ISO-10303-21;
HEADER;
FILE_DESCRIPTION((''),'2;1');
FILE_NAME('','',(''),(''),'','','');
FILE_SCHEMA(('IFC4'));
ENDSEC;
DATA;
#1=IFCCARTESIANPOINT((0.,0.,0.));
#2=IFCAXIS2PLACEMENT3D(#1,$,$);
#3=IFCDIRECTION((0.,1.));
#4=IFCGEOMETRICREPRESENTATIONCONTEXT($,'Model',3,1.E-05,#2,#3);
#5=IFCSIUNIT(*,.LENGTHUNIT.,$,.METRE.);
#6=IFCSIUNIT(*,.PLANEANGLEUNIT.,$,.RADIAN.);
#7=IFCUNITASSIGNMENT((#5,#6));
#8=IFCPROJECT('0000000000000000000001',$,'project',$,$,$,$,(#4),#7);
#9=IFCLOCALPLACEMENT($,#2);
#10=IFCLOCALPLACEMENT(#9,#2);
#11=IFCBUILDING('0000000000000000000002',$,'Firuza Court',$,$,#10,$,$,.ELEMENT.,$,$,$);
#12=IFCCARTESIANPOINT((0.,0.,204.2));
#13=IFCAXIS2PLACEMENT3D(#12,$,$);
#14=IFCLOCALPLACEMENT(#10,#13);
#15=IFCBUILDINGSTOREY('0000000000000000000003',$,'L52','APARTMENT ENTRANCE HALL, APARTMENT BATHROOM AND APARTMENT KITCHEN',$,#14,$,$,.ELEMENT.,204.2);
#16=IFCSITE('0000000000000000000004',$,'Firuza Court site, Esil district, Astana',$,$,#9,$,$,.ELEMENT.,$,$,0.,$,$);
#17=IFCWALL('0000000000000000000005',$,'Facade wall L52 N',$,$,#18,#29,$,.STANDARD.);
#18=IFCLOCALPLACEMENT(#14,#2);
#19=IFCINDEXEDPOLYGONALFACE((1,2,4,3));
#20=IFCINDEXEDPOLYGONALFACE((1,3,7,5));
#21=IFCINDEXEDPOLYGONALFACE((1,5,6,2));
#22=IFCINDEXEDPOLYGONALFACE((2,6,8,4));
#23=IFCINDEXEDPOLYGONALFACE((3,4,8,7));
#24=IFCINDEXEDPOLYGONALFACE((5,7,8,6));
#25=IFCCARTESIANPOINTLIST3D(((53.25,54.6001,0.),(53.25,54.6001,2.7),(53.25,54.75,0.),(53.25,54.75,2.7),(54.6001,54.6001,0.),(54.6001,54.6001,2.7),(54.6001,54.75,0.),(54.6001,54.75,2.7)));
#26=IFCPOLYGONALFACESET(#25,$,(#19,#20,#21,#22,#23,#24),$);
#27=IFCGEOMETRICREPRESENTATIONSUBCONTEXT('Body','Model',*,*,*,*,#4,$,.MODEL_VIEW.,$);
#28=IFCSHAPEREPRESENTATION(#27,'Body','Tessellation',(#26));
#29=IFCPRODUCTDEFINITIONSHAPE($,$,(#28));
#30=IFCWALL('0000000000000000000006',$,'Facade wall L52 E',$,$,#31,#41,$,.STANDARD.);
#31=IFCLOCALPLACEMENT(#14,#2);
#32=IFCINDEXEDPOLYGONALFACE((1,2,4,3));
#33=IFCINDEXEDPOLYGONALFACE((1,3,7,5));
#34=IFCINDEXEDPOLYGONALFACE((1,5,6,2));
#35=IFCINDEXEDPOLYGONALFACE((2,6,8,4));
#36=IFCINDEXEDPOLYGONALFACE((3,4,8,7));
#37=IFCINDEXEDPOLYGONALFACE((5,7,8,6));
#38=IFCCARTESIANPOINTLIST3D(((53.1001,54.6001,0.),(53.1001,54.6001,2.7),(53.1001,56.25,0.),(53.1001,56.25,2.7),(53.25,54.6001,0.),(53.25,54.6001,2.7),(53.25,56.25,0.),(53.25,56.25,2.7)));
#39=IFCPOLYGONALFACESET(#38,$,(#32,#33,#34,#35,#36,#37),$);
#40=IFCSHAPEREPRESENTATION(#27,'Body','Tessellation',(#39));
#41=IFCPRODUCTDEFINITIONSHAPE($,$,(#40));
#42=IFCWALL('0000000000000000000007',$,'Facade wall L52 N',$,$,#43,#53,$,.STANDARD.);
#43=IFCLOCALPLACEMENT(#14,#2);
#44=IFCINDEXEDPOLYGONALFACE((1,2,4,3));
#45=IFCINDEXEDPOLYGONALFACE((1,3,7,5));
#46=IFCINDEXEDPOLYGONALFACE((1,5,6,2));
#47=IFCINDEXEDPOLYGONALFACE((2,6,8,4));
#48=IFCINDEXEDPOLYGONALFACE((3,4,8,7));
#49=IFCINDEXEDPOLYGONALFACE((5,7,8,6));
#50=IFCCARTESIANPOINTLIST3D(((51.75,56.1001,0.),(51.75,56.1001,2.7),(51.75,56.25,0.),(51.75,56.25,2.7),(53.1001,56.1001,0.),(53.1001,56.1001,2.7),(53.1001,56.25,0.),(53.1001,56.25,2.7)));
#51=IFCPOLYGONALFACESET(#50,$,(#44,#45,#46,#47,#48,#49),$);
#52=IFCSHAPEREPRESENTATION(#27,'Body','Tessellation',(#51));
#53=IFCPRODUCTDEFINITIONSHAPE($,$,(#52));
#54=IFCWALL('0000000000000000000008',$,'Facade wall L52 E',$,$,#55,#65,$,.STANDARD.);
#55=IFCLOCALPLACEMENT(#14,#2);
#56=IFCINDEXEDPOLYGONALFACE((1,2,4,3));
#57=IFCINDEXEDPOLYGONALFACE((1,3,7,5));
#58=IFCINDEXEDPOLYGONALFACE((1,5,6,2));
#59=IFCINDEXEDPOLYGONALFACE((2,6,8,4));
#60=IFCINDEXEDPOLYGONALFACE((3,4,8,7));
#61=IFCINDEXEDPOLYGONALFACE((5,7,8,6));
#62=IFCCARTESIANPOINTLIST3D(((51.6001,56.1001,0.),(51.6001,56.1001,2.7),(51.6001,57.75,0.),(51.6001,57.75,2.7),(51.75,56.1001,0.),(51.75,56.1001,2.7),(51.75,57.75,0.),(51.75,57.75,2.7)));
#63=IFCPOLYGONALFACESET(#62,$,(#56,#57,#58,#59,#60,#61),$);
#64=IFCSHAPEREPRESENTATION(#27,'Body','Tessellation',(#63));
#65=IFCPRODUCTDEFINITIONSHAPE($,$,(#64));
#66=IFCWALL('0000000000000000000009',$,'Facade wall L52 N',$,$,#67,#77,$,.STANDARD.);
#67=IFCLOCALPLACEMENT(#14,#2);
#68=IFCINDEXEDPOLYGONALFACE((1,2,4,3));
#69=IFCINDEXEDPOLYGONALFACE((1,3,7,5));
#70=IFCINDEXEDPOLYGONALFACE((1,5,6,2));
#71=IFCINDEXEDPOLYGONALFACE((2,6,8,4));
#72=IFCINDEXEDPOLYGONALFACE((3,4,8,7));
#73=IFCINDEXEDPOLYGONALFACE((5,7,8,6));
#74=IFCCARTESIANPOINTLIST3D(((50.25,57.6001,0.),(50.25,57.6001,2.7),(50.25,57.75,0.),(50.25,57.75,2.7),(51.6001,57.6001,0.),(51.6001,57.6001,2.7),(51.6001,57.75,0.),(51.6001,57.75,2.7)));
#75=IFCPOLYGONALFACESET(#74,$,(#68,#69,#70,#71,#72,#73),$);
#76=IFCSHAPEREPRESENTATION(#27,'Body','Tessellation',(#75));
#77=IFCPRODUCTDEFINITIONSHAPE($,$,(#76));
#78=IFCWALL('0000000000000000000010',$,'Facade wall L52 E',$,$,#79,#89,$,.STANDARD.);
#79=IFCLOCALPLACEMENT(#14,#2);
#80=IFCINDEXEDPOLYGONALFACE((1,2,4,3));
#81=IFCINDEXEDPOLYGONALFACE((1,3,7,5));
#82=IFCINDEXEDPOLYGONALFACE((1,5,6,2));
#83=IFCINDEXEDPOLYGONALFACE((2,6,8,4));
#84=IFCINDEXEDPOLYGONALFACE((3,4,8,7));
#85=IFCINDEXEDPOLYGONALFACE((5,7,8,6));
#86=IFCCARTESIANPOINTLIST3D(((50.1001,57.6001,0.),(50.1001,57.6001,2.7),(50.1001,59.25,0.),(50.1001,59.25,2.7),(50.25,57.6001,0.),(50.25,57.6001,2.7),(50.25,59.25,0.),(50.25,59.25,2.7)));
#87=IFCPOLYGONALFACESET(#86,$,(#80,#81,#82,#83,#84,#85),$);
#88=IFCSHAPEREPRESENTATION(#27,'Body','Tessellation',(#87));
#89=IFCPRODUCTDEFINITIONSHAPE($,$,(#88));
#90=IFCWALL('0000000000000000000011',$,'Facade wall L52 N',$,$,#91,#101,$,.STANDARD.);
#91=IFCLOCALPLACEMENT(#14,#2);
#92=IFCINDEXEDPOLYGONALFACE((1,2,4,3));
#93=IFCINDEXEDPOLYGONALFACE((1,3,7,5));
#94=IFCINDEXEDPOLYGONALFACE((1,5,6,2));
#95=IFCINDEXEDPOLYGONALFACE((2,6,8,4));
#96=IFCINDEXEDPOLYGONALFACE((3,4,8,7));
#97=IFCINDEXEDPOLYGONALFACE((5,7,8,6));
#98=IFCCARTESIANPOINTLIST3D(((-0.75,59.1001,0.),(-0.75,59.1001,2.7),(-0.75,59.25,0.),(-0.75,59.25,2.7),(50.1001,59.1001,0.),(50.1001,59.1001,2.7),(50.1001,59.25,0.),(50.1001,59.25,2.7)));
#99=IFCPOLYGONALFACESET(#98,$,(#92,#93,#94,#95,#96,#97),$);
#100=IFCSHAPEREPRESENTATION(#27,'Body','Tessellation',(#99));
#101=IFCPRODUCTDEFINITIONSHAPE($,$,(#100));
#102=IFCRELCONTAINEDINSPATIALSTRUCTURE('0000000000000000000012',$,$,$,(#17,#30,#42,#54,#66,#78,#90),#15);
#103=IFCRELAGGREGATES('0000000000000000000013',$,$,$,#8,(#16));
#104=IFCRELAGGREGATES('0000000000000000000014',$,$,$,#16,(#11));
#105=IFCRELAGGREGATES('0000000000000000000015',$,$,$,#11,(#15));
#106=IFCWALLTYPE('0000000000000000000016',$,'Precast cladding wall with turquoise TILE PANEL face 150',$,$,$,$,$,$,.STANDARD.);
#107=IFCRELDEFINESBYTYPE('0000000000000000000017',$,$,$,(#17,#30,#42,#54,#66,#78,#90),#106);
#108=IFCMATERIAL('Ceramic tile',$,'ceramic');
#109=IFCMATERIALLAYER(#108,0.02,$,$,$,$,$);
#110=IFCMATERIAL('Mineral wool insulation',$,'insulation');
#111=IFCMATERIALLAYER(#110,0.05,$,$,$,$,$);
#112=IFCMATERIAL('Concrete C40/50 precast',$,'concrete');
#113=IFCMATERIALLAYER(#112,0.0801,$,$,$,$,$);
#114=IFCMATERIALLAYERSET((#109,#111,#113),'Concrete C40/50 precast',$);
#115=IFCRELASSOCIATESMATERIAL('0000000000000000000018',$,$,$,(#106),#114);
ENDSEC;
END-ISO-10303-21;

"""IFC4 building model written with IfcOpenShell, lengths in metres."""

from ifc_helpers import new_model, si_unit, direction, frame, frame_2d, origin, place, context, subcontext, project, spatial, rectangle, extrude, material, layer, layer_set, type_object, element, save


model = new_model("IFC4")

# Units and contexts
model_context = context("Model", 3, precision=1e-05, world=origin(), true_north=direction((0.0, 1.0)))
body_context = subcontext(model_context, "Body", "Model", "MODEL_VIEW")
ifc_project = project(units=[si_unit("LENGTHUNIT", "METRE"), si_unit("PLANEANGLEUNIT", "RADIAN")], contexts=[model_context])

# Site, building, storey
site_placement = place(None, origin())
site = spatial("IfcSite", under=ifc_project, at=site_placement, Name="Firuza Court site, Esil district, Astana", CompositionType="ELEMENT", RefElevation=0.0)
building_placement = place(site_placement, origin())
building = spatial("IfcBuilding", under=site, at=building_placement, Name="Firuza Court", CompositionType="ELEMENT")
storey_placement = place(building_placement, frame((0.0, 0.0, 204.2)))
storey = spatial("IfcBuildingStorey", under=building, at=storey_placement, Name="L52", Description="APARTMENT ENTRANCE HALL, APARTMENT BATHROOM AND APARTMENT KITCHEN", CompositionType="ELEMENT", Elevation=204.2)

# Walls
ifc_material_1 = material(Name="Ceramic tile", Category="ceramic")
ifc_layer_1 = layer(ifc_material_1, 0.02)
ifc_material_2 = material(Name="Mineral wool insulation", Category="insulation")
ifc_layer_2 = layer(ifc_material_2, 0.05)
ifc_material_3 = material(Name="Concrete C40/50 precast", Category="concrete")
ifc_layer_3 = layer(ifc_material_3, 0.0801)
ifc_layer_set_1 = layer_set([ifc_layer_1, ifc_layer_2, ifc_layer_3], Name="Concrete C40/50 precast")
wall_type_1 = type_object("IfcWallType", Name="Precast cladding wall with turquoise TILE PANEL face 150", PredefinedType="STANDARD", material=ifc_layer_set_1)
wall_1_placement = place(storey_placement, frame((54.6001, 54.675, 0.0), z_axis=(0.0, 0.0, 1.0), x_axis=(-1.0, 0.0, 0.0)))
element("IfcWall", 1, at=wall_1_placement, inside=storey, type_object=wall_type_1, Name="Facade wall L52 N", PredefinedType="STANDARD", context=body_context, shape_type="SweptSolid", body=[
    extrude(rectangle(XDim=1.3501, YDim=0.1499, at=frame_2d((0.675, 0.0))), origin(), (0.0, 0.0, 1.0), 2.7),
])
wall_2_placement = place(storey_placement, frame((53.175, 54.6001, 0.0), z_axis=(0.0, 0.0, 1.0), x_axis=(0.0, 1.0, 0.0)))
element("IfcWall", 2, at=wall_2_placement, inside=storey, type_object=wall_type_1, Name="Facade wall L52 E", PredefinedType="STANDARD", context=body_context, shape_type="SweptSolid", body=[
    extrude(rectangle(XDim=1.6499, YDim=0.1499, at=frame_2d((0.825, 0.0))), origin(), (0.0, 0.0, 1.0), 2.7),
])
wall_3_placement = place(storey_placement, frame((53.1001, 56.175, 0.0), z_axis=(0.0, 0.0, 1.0), x_axis=(-1.0, 0.0, 0.0)))
element("IfcWall", 3, at=wall_3_placement, inside=storey, type_object=wall_type_1, Name="Facade wall L52 N", PredefinedType="STANDARD", context=body_context, shape_type="SweptSolid", body=[
    extrude(rectangle(XDim=1.3501, YDim=0.1499, at=frame_2d((0.675, 0.0))), origin(), (0.0, 0.0, 1.0), 2.7),
])
wall_4_placement = place(storey_placement, frame((51.675, 56.1001, 0.0), z_axis=(0.0, 0.0, 1.0), x_axis=(0.0, 1.0, 0.0)))
element("IfcWall", 4, at=wall_4_placement, inside=storey, type_object=wall_type_1, Name="Facade wall L52 E", PredefinedType="STANDARD", context=body_context, shape_type="SweptSolid", body=[
    extrude(rectangle(XDim=1.6499, YDim=0.1499, at=frame_2d((0.825, 0.0))), origin(), (0.0, 0.0, 1.0), 2.7),
])
wall_5_placement = place(storey_placement, frame((51.6001, 57.675, 0.0), z_axis=(0.0, 0.0, 1.0), x_axis=(-1.0, 0.0, 0.0)))
element("IfcWall", 5, at=wall_5_placement, inside=storey, type_object=wall_type_1, Name="Facade wall L52 N", PredefinedType="STANDARD", context=body_context, shape_type="SweptSolid", body=[
    extrude(rectangle(XDim=1.3501, YDim=0.1499, at=frame_2d((0.675, 0.0))), origin(), (0.0, 0.0, 1.0), 2.7),
])
wall_6_placement = place(storey_placement, frame((50.175, 57.6001, 0.0), z_axis=(0.0, 0.0, 1.0), x_axis=(0.0, 1.0, 0.0)))
element("IfcWall", 6, at=wall_6_placement, inside=storey, type_object=wall_type_1, Name="Facade wall L52 E", PredefinedType="STANDARD", context=body_context, shape_type="SweptSolid", body=[
    extrude(rectangle(XDim=1.6499, YDim=0.1499, at=frame_2d((0.825, 0.0))), origin(), (0.0, 0.0, 1.0), 2.7),
])
wall_7_placement = place(storey_placement, frame((50.1001, 59.175, 0.0), z_axis=(0.0, 0.0, 1.0), x_axis=(-1.0, 0.0, 0.0)))
element("IfcWall", 7, at=wall_7_placement, inside=storey, type_object=wall_type_1, Name="Facade wall L52 N", PredefinedType="STANDARD", context=body_context, shape_type="SweptSolid", body=[
    extrude(rectangle(XDim=50.8501, YDim=0.1499, at=frame_2d((25.425, 0.0))), origin(), (0.0, 0.0, 1.0), 2.7),
])

save(model, "model.ifc")
